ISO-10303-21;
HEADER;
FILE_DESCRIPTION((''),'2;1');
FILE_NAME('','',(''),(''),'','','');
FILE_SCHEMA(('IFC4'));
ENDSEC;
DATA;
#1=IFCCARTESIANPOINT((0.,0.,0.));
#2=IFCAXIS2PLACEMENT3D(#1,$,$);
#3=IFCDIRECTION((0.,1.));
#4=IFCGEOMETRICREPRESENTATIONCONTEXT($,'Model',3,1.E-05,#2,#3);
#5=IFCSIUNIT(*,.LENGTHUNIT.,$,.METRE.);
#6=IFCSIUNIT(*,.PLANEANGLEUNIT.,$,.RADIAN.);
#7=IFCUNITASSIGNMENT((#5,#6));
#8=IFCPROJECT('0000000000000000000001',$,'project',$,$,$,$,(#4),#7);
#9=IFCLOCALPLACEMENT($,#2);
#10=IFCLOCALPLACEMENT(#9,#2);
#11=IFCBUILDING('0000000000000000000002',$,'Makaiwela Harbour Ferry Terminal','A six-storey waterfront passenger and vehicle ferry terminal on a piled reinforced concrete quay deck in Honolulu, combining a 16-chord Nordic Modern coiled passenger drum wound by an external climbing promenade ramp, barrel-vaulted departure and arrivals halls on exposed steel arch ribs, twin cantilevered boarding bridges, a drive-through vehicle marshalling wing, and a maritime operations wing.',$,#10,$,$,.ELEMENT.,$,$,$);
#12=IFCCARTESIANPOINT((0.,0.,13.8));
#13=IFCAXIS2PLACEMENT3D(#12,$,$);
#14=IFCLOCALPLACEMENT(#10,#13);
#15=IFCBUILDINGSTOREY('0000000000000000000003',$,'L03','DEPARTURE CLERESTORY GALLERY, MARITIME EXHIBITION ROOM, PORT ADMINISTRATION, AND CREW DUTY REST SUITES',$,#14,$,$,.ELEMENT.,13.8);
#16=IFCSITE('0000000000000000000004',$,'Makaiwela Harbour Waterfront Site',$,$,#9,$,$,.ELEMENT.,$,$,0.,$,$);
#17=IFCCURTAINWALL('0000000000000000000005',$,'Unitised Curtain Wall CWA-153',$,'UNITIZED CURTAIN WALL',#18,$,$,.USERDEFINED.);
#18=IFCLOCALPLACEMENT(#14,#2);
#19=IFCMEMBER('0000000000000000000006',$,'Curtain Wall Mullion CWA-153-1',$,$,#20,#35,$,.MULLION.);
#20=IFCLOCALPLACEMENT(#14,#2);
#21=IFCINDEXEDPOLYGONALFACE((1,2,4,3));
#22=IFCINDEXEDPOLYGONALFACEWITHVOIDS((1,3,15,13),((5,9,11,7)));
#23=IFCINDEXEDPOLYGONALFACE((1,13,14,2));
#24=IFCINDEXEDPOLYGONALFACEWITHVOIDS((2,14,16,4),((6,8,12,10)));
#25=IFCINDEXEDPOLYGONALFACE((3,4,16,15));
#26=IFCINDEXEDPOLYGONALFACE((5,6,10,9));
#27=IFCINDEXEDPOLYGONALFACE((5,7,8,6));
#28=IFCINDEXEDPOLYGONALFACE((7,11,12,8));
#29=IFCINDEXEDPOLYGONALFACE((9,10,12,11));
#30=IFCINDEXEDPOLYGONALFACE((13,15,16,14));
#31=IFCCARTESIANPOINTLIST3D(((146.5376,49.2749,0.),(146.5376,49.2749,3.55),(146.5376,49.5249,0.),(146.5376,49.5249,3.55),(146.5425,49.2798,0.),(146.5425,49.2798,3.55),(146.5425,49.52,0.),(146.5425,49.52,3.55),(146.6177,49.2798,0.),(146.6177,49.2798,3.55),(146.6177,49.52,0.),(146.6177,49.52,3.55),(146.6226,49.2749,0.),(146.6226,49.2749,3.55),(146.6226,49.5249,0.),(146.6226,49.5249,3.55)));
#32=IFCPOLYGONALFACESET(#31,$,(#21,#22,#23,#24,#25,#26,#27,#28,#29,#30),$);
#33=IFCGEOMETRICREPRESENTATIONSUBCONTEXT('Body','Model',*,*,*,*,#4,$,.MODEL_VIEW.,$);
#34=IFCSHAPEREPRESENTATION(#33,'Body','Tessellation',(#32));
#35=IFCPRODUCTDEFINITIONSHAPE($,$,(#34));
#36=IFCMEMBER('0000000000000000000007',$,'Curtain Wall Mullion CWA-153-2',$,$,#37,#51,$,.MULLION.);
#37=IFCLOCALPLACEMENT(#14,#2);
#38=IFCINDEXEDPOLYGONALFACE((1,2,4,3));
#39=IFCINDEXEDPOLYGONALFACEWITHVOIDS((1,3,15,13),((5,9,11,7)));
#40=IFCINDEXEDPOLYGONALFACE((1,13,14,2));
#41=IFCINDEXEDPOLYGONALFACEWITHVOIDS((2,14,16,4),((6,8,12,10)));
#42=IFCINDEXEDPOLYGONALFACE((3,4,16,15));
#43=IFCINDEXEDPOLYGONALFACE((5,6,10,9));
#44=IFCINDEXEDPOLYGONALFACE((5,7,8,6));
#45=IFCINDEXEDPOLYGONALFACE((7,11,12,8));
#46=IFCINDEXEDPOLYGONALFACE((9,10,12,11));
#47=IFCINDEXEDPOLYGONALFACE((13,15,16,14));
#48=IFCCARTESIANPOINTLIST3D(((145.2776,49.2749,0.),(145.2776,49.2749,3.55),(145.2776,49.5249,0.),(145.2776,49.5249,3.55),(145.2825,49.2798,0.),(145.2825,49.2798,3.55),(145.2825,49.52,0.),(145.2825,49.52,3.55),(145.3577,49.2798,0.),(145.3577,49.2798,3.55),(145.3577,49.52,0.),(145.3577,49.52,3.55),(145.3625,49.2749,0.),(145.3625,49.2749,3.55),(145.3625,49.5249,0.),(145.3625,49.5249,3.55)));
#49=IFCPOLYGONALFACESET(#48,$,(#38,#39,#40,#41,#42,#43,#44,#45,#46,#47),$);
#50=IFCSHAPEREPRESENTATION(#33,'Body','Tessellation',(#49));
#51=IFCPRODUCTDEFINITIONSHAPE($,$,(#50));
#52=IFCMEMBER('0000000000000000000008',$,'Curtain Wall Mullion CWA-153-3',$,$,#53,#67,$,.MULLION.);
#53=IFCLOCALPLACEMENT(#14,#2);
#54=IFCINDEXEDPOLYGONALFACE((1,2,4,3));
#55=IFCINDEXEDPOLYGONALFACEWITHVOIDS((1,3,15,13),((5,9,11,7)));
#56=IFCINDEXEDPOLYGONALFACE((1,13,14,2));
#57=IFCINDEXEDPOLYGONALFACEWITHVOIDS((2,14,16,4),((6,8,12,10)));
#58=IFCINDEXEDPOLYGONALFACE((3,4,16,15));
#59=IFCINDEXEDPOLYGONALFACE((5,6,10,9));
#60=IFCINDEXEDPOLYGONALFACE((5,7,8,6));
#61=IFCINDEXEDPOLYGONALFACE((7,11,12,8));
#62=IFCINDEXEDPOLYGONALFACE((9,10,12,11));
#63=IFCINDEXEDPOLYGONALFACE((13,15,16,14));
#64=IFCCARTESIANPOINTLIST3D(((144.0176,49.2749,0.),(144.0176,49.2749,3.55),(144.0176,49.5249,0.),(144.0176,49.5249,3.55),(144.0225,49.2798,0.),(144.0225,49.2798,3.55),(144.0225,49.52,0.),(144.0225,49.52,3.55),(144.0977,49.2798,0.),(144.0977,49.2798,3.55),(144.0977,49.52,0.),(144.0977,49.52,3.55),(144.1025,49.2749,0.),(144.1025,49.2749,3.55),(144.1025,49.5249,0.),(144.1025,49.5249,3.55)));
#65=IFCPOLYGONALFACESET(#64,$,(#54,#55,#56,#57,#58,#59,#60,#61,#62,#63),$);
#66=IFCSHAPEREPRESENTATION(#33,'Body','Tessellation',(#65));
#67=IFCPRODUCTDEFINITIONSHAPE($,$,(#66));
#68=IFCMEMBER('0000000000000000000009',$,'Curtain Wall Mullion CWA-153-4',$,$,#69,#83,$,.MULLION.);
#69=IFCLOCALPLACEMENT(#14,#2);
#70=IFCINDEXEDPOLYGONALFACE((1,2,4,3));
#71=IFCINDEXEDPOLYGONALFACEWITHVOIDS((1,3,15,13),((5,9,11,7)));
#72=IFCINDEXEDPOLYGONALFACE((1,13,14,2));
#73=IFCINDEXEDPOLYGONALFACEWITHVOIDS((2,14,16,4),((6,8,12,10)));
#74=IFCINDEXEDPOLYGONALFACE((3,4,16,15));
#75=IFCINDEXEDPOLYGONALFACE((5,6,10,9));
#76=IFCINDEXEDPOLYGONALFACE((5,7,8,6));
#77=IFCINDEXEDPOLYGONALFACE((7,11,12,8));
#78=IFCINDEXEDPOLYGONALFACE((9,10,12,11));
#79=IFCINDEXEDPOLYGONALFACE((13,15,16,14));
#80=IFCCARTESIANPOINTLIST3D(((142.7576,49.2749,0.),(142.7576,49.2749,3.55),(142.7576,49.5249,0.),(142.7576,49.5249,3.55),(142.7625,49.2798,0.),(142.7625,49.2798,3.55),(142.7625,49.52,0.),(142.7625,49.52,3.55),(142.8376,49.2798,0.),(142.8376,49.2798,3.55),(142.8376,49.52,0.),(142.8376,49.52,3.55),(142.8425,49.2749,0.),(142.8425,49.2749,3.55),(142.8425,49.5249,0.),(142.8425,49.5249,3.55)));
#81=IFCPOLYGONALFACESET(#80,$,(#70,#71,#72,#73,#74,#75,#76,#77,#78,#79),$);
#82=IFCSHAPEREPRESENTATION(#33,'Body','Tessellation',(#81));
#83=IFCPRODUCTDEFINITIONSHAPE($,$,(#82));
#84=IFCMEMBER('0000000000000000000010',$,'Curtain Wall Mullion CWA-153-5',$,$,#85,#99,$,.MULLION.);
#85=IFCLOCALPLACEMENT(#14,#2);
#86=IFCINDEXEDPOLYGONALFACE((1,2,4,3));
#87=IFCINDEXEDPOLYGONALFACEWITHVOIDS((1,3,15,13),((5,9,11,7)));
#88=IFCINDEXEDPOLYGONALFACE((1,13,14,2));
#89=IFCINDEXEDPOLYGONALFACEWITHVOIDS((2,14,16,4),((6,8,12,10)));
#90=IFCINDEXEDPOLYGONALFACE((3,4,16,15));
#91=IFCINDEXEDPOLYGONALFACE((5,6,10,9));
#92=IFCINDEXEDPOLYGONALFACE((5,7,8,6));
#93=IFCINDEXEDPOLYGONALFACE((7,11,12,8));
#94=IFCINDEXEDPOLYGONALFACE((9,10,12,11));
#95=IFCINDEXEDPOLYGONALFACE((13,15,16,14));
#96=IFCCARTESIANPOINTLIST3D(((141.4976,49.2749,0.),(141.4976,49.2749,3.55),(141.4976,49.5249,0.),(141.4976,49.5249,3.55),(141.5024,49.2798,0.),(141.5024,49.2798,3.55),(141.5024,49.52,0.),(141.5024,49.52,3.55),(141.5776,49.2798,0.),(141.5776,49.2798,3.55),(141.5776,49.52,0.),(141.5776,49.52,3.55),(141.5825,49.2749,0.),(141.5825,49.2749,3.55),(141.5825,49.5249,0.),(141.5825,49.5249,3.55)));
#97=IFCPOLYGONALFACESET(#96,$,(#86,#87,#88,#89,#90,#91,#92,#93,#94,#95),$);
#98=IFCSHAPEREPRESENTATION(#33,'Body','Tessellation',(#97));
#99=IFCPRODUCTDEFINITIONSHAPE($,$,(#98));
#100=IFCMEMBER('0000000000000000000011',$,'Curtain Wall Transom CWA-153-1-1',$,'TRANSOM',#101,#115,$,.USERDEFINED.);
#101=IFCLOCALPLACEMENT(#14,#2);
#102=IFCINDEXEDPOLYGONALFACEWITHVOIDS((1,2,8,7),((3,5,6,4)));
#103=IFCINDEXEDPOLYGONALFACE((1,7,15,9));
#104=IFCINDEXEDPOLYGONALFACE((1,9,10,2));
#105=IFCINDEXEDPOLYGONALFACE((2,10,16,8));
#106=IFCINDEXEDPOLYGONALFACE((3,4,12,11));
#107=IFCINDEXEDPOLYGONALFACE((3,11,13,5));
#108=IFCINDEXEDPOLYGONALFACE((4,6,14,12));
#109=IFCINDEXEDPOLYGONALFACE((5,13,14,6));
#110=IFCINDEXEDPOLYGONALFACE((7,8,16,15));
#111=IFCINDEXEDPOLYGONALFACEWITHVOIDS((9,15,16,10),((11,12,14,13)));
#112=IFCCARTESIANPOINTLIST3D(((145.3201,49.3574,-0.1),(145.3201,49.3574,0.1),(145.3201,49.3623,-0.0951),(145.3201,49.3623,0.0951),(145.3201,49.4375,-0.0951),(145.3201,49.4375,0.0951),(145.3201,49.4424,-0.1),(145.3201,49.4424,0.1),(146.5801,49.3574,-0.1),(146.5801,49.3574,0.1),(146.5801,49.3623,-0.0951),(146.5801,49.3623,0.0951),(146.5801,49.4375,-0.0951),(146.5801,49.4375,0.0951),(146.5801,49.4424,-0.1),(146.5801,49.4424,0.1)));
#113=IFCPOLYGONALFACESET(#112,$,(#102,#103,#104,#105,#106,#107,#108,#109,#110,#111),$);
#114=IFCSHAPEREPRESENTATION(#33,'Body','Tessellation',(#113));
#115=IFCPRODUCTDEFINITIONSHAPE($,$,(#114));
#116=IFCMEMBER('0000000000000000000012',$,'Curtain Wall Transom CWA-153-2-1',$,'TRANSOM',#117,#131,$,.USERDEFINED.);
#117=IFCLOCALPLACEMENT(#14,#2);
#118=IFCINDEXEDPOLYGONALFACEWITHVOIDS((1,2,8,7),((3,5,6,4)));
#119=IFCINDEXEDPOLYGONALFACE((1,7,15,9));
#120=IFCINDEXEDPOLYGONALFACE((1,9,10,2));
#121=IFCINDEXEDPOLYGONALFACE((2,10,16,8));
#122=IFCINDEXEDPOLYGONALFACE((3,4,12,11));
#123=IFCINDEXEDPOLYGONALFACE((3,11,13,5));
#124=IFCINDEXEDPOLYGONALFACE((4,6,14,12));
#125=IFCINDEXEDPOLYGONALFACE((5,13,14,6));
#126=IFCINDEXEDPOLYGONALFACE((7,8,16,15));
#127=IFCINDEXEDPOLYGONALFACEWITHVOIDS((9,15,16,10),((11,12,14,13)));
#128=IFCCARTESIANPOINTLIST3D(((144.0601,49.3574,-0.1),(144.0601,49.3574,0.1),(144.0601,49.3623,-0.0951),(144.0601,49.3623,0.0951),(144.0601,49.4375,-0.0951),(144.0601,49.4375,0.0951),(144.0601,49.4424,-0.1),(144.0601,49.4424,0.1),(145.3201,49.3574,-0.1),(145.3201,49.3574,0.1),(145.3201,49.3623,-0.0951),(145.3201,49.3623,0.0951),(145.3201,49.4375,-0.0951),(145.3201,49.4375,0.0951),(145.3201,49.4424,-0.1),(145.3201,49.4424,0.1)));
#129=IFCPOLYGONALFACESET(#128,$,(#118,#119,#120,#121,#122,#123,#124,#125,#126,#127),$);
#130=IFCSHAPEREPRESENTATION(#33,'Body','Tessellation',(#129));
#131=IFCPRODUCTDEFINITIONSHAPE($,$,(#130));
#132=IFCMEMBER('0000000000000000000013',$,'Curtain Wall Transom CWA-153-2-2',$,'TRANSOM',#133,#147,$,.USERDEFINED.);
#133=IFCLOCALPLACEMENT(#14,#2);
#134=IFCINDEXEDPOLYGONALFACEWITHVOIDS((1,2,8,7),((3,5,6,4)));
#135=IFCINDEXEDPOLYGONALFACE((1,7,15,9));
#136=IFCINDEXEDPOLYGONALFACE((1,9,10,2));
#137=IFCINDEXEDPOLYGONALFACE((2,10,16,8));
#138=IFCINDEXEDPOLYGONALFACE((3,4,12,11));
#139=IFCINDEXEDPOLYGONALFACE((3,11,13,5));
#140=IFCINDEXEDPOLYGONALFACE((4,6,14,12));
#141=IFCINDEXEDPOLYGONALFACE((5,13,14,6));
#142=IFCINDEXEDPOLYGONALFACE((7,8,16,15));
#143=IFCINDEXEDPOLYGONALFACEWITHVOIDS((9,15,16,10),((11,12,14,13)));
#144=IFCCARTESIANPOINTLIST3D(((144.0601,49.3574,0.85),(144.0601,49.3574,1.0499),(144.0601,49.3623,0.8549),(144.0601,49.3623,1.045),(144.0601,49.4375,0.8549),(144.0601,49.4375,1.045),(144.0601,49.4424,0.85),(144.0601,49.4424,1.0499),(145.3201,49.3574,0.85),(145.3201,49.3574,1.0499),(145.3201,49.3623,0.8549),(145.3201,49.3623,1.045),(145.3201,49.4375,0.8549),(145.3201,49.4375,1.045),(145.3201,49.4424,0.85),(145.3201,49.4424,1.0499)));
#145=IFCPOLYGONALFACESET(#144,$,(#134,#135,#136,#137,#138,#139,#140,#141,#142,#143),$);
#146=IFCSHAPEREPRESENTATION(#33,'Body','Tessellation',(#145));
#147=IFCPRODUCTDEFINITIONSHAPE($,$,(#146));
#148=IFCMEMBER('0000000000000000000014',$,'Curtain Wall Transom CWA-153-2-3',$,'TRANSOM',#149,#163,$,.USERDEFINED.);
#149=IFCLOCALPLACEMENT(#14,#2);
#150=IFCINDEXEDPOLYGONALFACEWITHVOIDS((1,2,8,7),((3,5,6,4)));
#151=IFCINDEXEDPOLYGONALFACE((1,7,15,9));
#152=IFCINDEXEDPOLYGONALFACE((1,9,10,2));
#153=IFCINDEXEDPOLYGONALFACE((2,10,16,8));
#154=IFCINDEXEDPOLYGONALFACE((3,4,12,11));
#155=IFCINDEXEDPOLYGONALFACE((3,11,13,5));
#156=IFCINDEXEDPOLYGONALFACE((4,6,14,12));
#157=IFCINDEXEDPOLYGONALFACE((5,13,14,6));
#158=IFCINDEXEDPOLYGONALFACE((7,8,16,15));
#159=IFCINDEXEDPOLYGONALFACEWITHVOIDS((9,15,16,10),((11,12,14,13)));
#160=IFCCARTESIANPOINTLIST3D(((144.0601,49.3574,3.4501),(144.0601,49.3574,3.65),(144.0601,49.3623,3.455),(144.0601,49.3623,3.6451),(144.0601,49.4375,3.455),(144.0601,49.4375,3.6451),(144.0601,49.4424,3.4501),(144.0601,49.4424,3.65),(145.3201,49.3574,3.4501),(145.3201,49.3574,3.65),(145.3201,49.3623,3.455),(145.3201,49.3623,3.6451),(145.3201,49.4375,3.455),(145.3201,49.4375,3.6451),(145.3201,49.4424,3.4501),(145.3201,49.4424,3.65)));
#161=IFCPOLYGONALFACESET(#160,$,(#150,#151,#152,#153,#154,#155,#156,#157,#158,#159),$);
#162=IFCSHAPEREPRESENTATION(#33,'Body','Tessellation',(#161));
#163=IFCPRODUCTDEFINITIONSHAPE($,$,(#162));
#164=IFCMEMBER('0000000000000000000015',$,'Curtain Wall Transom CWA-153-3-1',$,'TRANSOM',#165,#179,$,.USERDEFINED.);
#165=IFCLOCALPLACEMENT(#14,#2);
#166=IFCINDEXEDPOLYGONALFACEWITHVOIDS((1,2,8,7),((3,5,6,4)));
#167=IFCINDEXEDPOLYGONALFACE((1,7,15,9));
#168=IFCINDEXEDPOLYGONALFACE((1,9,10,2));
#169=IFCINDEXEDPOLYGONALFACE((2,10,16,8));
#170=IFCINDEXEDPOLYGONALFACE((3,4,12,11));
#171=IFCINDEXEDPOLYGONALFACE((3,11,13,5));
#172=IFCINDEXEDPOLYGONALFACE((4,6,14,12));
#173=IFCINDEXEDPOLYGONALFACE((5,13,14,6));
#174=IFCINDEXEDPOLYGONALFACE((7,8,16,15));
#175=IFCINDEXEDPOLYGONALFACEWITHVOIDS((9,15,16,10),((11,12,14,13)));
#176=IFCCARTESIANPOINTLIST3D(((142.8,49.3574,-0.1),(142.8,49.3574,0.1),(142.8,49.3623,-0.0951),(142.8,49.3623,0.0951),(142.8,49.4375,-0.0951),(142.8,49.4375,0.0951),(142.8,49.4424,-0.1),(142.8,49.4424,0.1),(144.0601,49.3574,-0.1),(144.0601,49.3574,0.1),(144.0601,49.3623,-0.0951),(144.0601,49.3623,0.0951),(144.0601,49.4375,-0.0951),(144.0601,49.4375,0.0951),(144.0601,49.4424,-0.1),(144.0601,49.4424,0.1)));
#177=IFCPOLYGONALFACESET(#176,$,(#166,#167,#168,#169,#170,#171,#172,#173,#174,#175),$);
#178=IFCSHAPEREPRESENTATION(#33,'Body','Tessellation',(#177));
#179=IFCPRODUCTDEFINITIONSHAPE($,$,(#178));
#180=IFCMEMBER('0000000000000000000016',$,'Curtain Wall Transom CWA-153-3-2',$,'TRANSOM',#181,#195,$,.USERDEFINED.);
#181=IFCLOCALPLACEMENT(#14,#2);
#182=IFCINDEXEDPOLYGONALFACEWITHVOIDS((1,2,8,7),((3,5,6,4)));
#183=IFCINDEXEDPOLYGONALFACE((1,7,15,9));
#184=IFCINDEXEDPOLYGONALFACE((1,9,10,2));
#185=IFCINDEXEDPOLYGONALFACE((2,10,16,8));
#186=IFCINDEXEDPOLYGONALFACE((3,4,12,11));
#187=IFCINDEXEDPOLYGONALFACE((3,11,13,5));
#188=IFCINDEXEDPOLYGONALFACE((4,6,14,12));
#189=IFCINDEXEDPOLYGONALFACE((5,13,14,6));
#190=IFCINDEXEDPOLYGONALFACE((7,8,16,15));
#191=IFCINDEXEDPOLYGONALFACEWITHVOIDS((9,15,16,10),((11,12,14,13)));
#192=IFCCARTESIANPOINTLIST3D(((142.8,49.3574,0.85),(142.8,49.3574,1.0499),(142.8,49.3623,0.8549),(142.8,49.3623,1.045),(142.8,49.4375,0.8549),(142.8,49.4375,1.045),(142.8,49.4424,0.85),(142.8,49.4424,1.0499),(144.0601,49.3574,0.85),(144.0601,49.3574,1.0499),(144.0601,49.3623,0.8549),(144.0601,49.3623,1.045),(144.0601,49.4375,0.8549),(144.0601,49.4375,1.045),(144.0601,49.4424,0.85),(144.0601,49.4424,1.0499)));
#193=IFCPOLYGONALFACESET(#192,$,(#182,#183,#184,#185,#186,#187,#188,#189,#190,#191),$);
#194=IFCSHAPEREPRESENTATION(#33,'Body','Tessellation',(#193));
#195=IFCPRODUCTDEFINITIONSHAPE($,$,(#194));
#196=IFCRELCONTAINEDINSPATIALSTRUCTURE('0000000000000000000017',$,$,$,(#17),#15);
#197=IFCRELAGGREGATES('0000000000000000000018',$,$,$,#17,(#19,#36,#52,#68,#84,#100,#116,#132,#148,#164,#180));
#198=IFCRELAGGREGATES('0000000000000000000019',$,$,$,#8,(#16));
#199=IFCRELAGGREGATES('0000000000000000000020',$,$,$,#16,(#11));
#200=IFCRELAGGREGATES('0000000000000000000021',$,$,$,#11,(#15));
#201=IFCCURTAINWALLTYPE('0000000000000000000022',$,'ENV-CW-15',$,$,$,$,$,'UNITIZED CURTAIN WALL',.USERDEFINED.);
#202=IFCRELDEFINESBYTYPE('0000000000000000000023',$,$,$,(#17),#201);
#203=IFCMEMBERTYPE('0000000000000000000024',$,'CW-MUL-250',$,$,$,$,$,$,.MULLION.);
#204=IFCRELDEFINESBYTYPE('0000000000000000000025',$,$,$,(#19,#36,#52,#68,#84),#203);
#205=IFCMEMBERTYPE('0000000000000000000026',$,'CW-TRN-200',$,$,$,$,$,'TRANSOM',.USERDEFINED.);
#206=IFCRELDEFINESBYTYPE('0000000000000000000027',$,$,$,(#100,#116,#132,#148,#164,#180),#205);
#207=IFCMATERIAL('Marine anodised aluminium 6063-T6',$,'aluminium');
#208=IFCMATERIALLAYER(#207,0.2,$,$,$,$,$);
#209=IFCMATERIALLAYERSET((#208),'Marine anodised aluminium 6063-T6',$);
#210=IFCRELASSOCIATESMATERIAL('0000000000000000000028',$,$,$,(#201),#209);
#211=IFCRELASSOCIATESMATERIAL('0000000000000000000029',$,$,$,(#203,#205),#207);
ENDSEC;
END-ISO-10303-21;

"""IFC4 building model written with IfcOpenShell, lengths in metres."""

from ifc_helpers import new_model, si_unit, direction, frame, origin, origin_2d, place, context, subcontext, project, spatial, hollow_rectangle, extrude, material, layer, layer_set, material_profile, profile_set, type_object, element, aggregate, save


model = new_model("IFC4")

# Units and contexts
model_context = context("Model", 3, precision=1e-05, world=origin(), true_north=direction((0.0, 1.0)))
body_context = subcontext(model_context, "Body", "Model", "MODEL_VIEW")
ifc_project = project(units=[si_unit("LENGTHUNIT", "METRE"), si_unit("PLANEANGLEUNIT", "RADIAN")], contexts=[model_context])

# Site, building, storey
site_placement = place(None, origin())
site = spatial("IfcSite", under=ifc_project, at=site_placement, Name="Makaiwela Harbour Waterfront Site", CompositionType="ELEMENT", RefElevation=0.0)
building_placement = place(site_placement, origin())
building = spatial("IfcBuilding", under=site, at=building_placement, Name="Makaiwela Harbour Ferry Terminal", Description="A six-storey waterfront passenger and vehicle ferry terminal on a piled reinforced concrete quay deck in Honolulu, combining a 16-chord Nordic Modern coiled passenger drum wound by an external climbing promenade ramp, barrel-vaulted departure and arrivals halls on exposed steel arch ribs, twin cantilevered boarding bridges, a drive-through vehicle marshalling wing, and a maritime operations wing.", CompositionType="ELEMENT")
storey_placement = place(building_placement, frame((0.0, 0.0, 13.8)))
storey = spatial("IfcBuildingStorey", under=building, at=storey_placement, Name="L03", Description="DEPARTURE CLERESTORY GALLERY, MARITIME EXHIBITION ROOM, PORT ADMINISTRATION, AND CREW DUTY REST SUITES", CompositionType="ELEMENT", Elevation=13.8)

# Curtain wall, members
ifc_material_1 = material(Name="Marine anodised aluminium 6063-T6", Category="aluminium")
ifc_layer_1 = layer(ifc_material_1, 0.2)
ifc_layer_set_1 = layer_set([ifc_layer_1], Name="Marine anodised aluminium 6063-T6")
curtain_wall_type = type_object("IfcCurtainWallType", Name="ENV-CW-15", ElementType="UNITIZED CURTAIN WALL", PredefinedType="USERDEFINED", material=ifc_layer_set_1)
curtain_wall_placement = place(storey_placement, origin())
curtain_wall = element("IfcCurtainWall", 1, at=curtain_wall_placement, inside=storey, type_object=curtain_wall_type, Name="Unitised Curtain Wall CWA-153", ObjectType="UNITIZED CURTAIN WALL", PredefinedType="USERDEFINED")
ifc_material_profile_1 = material_profile(ifc_material_1, hollow_rectangle(XDim=0.085, YDim=0.25, WallThickness=0.0049, at=origin_2d()), Name="CWM-250X85")
ifc_profile_set_1 = profile_set([ifc_material_profile_1], Name="Marine anodised aluminium 6063-T6")
member_type_1 = type_object("IfcMemberType", Name="CW-MUL-250", PredefinedType="MULLION", material=ifc_profile_set_1)
member_1_placement = place(storey_placement, frame((146.5801, 49.3999, 0.0), z_axis=(0.0, 0.0, 1.0), x_axis=(1.0, 0.0, 0.0)))
member_1 = element("IfcMember", 2, at=member_1_placement, type_object=member_type_1, Name="Curtain Wall Mullion CWA-153-1", PredefinedType="MULLION", context=body_context, shape_type="SweptSolid", body=[
    extrude(hollow_rectangle(XDim=0.085, YDim=0.25, WallThickness=0.0049, at=origin_2d()), origin(), (0.0, 0.0, 1.0), 3.55),
])
member_2_placement = place(storey_placement, frame((145.3201, 49.3999, 0.0), z_axis=(0.0, 0.0, 1.0), x_axis=(1.0, 0.0, 0.0)))
member_2 = element("IfcMember", 3, at=member_2_placement, type_object=member_type_1, Name="Curtain Wall Mullion CWA-153-2", PredefinedType="MULLION", context=body_context, shape_type="SweptSolid", body=[
    extrude(hollow_rectangle(XDim=0.085, YDim=0.25, WallThickness=0.0049, at=origin_2d()), origin(), (0.0, 0.0, 1.0), 3.55),
])
member_3_placement = place(storey_placement, frame((144.0601, 49.3999, 0.0), z_axis=(0.0, 0.0, 1.0), x_axis=(1.0, 0.0, 0.0)))
member_3 = element("IfcMember", 4, at=member_3_placement, type_object=member_type_1, Name="Curtain Wall Mullion CWA-153-3", PredefinedType="MULLION", context=body_context, shape_type="SweptSolid", body=[
    extrude(hollow_rectangle(XDim=0.085, YDim=0.25, WallThickness=0.0049, at=origin_2d()), origin(), (0.0, 0.0, 1.0), 3.55),
])
member_4_placement = place(storey_placement, frame((142.8, 49.3999, 0.0), z_axis=(0.0, 0.0, 1.0), x_axis=(1.0, 0.0, 0.0)))
member_4 = element("IfcMember", 5, at=member_4_placement, type_object=member_type_1, Name="Curtain Wall Mullion CWA-153-4", PredefinedType="MULLION", context=body_context, shape_type="SweptSolid", body=[
    extrude(hollow_rectangle(XDim=0.085, YDim=0.25, WallThickness=0.0049, at=origin_2d()), origin(), (0.0, 0.0, 1.0), 3.55),
])
member_5_placement = place(storey_placement, frame((141.54, 49.3999, 0.0), z_axis=(0.0, 0.0, 1.0), x_axis=(1.0, 0.0, 0.0)))
member_5 = element("IfcMember", 6, at=member_5_placement, type_object=member_type_1, Name="Curtain Wall Mullion CWA-153-5", PredefinedType="MULLION", context=body_context, shape_type="SweptSolid", body=[
    extrude(hollow_rectangle(XDim=0.085, YDim=0.25, WallThickness=0.0049, at=origin_2d()), origin(), (0.0, 0.0, 1.0), 3.55),
])
ifc_material_profile_2 = material_profile(ifc_material_1, hollow_rectangle(XDim=0.085, YDim=0.2, WallThickness=0.0049, at=origin_2d()), Name="CWT-200X85")
ifc_profile_set_2 = profile_set([ifc_material_profile_2], Name="Marine anodised aluminium 6063-T6")
member_type_2 = type_object("IfcMemberType", Name="CW-TRN-200", ElementType="TRANSOM", PredefinedType="USERDEFINED", material=ifc_profile_set_2)
member_6_placement = place(storey_placement, frame((146.5801, 49.3999, 0.0), z_axis=(-1.0, 0.0, 0.0), x_axis=(0.0, -1.0, 0.0)))
member_6 = element("IfcMember", 7, at=member_6_placement, type_object=member_type_2, Name="Curtain Wall Transom CWA-153-1-1", ObjectType="TRANSOM", PredefinedType="USERDEFINED", context=body_context, shape_type="SweptSolid", body=[
    extrude(hollow_rectangle(XDim=0.085, YDim=0.2, WallThickness=0.0049, at=origin_2d()), origin(), (0.0, 0.0, 1.0), 1.26),
])
member_7_placement = place(storey_placement, frame((145.3201, 49.3999, 0.0), z_axis=(-1.0, 0.0, 0.0), x_axis=(0.0, -1.0, 0.0)))
member_7 = element("IfcMember", 8, at=member_7_placement, type_object=member_type_2, Name="Curtain Wall Transom CWA-153-2-1", ObjectType="TRANSOM", PredefinedType="USERDEFINED", context=body_context, shape_type="SweptSolid", body=[
    extrude(hollow_rectangle(XDim=0.085, YDim=0.2, WallThickness=0.0049, at=origin_2d()), origin(), (0.0, 0.0, 1.0), 1.26),
])
member_8_placement = place(storey_placement, frame((145.3201, 49.3999, 0.95), z_axis=(-1.0, 0.0, 0.0), x_axis=(0.0, -1.0, 0.0)))
member_8 = element("IfcMember", 9, at=member_8_placement, type_object=member_type_2, Name="Curtain Wall Transom CWA-153-2-2", ObjectType="TRANSOM", PredefinedType="USERDEFINED", context=body_context, shape_type="SweptSolid", body=[
    extrude(hollow_rectangle(XDim=0.085, YDim=0.2, WallThickness=0.0049, at=origin_2d()), origin(), (0.0, 0.0, 1.0), 1.26),
])
member_9_placement = place(storey_placement, frame((145.3201, 49.3999, 3.55), z_axis=(-1.0, 0.0, 0.0), x_axis=(0.0, -1.0, 0.0)))
member_9 = element("IfcMember", 10, at=member_9_placement, type_object=member_type_2, Name="Curtain Wall Transom CWA-153-2-3", ObjectType="TRANSOM", PredefinedType="USERDEFINED", context=body_context, shape_type="SweptSolid", body=[
    extrude(hollow_rectangle(XDim=0.085, YDim=0.2, WallThickness=0.0049, at=origin_2d()), origin(), (0.0, 0.0, 1.0), 1.26),
])
member_10_placement = place(storey_placement, frame((144.0601, 49.3999, 0.0), z_axis=(-1.0, 0.0, 0.0), x_axis=(0.0, -1.0, 0.0)))
member_10 = element("IfcMember", 11, at=member_10_placement, type_object=member_type_2, Name="Curtain Wall Transom CWA-153-3-1", ObjectType="TRANSOM", PredefinedType="USERDEFINED", context=body_context, shape_type="SweptSolid", body=[
    extrude(hollow_rectangle(XDim=0.085, YDim=0.2, WallThickness=0.0049, at=origin_2d()), origin(), (0.0, 0.0, 1.0), 1.26),
])
member_11_placement = place(storey_placement, frame((144.0601, 49.3999, 0.95), z_axis=(-1.0, 0.0, 0.0), x_axis=(0.0, -1.0, 0.0)))
member_11 = element("IfcMember", 12, at=member_11_placement, type_object=member_type_2, Name="Curtain Wall Transom CWA-153-3-2", ObjectType="TRANSOM", PredefinedType="USERDEFINED", context=body_context, shape_type="SweptSolid", body=[
    extrude(hollow_rectangle(XDim=0.085, YDim=0.2, WallThickness=0.0049, at=origin_2d()), origin(), (0.0, 0.0, 1.0), 1.26),
])
aggregate(curtain_wall, [member_1, member_2, member_3, member_4, member_5, member_6, member_7, member_8, member_9, member_10, member_11])

save(model, "model.ifc")
